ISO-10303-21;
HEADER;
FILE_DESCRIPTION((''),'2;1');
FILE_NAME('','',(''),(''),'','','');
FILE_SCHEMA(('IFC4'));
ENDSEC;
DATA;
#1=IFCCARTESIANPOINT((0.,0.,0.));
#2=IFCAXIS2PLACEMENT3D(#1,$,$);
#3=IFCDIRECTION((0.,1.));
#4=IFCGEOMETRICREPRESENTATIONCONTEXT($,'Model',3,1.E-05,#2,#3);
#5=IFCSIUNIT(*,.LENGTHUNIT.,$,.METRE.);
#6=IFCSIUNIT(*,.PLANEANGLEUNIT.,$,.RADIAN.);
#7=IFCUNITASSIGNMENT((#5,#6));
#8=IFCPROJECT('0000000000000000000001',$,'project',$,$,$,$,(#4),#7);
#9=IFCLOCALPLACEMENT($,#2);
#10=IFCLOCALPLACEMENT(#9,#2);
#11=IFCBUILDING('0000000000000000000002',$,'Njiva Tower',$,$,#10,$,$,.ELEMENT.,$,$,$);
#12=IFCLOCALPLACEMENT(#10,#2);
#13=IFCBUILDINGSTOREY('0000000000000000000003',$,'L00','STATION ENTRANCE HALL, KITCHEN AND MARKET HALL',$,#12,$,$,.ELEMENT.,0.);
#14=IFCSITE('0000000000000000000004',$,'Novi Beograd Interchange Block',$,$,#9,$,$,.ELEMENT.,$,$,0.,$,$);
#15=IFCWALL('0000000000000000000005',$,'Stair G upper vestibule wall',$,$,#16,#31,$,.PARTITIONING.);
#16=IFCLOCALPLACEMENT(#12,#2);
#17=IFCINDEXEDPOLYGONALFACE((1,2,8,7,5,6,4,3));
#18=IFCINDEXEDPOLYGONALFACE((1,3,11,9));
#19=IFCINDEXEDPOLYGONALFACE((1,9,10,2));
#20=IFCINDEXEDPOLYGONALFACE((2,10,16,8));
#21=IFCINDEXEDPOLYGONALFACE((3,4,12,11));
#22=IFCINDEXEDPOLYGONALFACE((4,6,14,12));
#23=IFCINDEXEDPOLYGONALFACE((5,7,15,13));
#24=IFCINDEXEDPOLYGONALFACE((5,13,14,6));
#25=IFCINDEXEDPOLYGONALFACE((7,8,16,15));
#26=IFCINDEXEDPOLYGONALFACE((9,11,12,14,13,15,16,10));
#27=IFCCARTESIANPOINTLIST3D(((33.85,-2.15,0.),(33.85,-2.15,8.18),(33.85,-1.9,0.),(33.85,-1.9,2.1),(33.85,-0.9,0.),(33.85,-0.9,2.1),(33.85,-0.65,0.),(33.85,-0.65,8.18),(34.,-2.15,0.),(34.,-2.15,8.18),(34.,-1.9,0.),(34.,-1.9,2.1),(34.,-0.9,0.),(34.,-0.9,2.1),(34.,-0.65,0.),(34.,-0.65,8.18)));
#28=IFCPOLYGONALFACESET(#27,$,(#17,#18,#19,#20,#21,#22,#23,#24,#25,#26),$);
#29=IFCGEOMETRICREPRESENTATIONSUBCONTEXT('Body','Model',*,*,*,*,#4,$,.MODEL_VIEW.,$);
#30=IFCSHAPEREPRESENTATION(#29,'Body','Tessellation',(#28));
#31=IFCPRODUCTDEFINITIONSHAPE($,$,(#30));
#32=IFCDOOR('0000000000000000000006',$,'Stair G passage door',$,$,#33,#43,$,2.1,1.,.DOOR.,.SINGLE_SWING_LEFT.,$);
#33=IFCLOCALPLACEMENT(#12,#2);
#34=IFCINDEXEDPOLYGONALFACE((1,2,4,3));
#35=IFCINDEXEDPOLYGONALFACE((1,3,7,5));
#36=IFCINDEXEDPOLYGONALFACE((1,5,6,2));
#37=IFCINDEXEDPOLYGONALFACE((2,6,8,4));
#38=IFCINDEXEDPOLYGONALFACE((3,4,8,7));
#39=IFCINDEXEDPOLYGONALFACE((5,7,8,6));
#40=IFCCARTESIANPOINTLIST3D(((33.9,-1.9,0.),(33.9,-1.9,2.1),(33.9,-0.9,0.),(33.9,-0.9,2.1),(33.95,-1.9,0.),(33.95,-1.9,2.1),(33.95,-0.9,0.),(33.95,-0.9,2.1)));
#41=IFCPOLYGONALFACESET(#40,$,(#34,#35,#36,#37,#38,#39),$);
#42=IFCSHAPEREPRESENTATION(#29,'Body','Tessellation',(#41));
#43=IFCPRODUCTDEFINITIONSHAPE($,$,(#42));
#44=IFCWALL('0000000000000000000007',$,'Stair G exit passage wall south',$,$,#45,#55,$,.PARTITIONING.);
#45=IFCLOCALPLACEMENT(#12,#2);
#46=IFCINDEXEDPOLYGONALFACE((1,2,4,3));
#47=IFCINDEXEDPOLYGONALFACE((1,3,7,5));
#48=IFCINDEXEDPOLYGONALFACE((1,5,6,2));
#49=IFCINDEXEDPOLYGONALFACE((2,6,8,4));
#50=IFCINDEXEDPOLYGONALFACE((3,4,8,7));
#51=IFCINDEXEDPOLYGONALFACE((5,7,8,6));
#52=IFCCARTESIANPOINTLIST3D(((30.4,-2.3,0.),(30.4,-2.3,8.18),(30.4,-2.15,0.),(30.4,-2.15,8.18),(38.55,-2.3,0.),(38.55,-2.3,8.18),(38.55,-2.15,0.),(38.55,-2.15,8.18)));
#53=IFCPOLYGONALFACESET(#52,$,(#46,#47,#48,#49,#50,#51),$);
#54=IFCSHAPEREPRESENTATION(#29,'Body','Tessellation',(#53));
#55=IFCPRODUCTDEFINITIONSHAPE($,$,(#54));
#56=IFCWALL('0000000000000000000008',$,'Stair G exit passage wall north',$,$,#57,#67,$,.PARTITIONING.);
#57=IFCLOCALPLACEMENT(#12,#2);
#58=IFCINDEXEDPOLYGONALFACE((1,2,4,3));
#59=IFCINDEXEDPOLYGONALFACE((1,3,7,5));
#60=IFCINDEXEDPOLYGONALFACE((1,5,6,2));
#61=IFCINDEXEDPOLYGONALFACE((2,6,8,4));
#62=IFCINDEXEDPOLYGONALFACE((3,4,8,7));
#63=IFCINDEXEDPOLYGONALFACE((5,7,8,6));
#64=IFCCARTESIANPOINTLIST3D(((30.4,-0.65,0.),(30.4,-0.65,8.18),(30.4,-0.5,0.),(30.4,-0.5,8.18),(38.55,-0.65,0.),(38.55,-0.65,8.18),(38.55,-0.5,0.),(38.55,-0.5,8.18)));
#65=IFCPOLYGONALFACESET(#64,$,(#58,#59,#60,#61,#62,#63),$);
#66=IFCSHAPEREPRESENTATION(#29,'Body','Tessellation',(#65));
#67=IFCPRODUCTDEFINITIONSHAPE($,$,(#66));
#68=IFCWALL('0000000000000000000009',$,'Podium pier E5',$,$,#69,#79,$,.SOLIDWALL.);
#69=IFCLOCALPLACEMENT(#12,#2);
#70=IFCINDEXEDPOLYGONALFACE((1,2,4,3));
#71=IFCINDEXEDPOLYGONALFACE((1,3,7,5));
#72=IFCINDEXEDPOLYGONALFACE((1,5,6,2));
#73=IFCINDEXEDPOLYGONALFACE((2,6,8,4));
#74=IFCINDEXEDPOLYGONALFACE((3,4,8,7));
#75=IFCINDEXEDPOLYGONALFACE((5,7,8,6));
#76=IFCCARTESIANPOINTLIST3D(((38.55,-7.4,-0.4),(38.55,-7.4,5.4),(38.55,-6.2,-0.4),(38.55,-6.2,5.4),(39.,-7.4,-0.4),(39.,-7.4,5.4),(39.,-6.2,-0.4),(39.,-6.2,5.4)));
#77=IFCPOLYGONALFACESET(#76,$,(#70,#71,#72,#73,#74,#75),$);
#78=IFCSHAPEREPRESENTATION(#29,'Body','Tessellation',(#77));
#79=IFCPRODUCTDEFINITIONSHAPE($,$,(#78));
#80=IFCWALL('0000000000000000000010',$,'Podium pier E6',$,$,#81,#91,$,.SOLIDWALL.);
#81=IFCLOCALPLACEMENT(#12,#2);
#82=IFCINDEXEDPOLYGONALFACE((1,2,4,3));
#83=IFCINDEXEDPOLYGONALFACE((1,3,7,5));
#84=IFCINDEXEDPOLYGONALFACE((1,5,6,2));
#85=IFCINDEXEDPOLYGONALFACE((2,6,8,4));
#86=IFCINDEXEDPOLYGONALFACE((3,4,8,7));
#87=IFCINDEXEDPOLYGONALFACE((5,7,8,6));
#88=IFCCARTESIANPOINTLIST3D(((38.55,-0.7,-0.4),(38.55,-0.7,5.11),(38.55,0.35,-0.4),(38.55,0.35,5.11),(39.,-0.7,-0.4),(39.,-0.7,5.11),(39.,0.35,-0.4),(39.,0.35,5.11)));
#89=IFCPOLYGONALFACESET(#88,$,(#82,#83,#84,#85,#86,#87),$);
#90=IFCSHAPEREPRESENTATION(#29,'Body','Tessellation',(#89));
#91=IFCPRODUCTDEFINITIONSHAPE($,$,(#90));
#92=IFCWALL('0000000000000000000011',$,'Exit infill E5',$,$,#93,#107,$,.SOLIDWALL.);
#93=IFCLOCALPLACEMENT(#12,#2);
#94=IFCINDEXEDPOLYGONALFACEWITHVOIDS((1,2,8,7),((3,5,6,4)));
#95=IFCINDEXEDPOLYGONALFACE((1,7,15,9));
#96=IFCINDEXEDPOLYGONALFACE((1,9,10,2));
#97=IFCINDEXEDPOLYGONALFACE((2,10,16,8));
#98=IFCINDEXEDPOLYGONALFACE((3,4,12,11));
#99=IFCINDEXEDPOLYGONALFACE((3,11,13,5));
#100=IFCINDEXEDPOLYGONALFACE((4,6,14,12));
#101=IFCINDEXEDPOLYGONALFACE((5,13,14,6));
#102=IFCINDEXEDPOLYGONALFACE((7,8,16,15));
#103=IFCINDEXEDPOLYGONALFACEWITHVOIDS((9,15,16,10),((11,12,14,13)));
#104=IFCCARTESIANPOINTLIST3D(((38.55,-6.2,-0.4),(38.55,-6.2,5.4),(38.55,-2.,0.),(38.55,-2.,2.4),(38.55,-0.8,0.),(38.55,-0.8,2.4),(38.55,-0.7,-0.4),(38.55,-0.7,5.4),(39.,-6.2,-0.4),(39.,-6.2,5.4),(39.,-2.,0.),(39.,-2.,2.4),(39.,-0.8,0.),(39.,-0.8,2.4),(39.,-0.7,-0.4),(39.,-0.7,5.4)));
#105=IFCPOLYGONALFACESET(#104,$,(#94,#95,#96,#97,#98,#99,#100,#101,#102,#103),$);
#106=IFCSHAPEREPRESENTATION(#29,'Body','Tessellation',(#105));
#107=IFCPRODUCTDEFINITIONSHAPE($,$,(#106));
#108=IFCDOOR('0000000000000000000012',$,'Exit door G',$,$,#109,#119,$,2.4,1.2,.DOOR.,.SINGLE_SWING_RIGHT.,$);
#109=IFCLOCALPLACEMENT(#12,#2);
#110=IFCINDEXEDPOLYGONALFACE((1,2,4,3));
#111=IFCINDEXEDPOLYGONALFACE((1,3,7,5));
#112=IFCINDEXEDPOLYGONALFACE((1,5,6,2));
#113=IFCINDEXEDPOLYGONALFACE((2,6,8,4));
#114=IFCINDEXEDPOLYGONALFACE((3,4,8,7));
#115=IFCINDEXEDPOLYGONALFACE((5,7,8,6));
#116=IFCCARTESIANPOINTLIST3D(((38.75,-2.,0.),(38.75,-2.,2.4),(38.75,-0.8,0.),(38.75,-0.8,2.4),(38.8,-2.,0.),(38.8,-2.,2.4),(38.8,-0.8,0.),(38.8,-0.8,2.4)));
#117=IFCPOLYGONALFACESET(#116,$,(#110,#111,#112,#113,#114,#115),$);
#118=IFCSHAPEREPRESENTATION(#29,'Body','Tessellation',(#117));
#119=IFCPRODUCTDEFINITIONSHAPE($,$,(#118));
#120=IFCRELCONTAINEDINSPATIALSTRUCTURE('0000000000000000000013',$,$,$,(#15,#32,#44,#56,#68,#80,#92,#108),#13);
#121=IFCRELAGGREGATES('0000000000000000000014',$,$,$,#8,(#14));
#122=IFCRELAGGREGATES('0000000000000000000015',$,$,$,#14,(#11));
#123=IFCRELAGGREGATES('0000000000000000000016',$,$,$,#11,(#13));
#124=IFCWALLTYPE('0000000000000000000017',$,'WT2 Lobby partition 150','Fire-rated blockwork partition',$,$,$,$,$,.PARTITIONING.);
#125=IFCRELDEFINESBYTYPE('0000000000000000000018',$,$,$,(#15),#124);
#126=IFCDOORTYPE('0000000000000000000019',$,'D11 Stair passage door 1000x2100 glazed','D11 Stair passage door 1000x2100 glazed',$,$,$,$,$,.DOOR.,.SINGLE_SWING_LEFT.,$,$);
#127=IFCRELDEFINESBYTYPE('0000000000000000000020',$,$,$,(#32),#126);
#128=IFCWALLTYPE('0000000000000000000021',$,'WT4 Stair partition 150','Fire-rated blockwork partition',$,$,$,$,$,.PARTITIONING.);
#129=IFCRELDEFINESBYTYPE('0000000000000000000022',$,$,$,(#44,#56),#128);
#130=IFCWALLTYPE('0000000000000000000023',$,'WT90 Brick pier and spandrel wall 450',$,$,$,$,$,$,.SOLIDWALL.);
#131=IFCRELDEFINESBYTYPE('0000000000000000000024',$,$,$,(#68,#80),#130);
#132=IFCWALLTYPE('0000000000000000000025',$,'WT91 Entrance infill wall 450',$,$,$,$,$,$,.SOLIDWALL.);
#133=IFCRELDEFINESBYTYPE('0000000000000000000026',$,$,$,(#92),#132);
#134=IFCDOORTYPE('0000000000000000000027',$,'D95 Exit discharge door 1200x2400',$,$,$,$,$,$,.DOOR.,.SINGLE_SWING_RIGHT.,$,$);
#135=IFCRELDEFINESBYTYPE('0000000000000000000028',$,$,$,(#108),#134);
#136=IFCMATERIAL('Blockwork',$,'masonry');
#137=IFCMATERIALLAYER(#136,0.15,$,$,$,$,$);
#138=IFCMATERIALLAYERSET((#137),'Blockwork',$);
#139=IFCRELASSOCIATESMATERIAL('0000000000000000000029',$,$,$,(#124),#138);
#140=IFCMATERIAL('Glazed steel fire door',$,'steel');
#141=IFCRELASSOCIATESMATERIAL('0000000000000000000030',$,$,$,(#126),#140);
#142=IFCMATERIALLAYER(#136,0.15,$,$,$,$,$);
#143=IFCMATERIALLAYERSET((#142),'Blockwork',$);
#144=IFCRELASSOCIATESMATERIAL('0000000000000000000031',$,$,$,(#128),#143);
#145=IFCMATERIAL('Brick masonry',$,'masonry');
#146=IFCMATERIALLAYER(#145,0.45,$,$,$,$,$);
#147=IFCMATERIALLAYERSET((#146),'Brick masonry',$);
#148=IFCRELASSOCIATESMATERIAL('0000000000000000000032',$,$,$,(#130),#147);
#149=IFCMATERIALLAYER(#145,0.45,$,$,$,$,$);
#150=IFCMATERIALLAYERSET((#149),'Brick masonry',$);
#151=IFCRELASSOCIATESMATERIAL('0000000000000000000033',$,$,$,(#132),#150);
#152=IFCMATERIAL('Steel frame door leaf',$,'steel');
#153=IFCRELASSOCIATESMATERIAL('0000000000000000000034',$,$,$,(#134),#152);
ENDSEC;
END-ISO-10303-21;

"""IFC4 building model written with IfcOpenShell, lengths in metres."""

from ifc_helpers import new_model, si_unit, direction, frame, frame_2d, origin, place, context, subcontext, project, spatial, polyline, rectangle, outline, extrude, material, layer, layer_set, type_object, element, fill, save


model = new_model("IFC4")

# Units and contexts
model_context = context("Model", 3, precision=1e-05, world=origin(), true_north=direction((0.0, 1.0)))
body_context = subcontext(model_context, "Body", "Model", "MODEL_VIEW")
ifc_project = project(units=[si_unit("LENGTHUNIT", "METRE"), si_unit("PLANEANGLEUNIT", "RADIAN")], contexts=[model_context])

# Site, building, storey
site_placement = place(None, origin())
site = spatial("IfcSite", under=ifc_project, at=site_placement, Name="Novi Beograd Interchange Block", CompositionType="ELEMENT", RefElevation=0.0)
building_placement = place(site_placement, origin())
building = spatial("IfcBuilding", under=site, at=building_placement, Name="Njiva Tower", CompositionType="ELEMENT")
storey_placement = place(building_placement, origin())
storey = spatial("IfcBuildingStorey", under=building, at=storey_placement, Name="L00", Description="STATION ENTRANCE HALL, KITCHEN AND MARKET HALL", CompositionType="ELEMENT", Elevation=0.0)

# Wall, opening, door
ifc_material_1 = material(Name="Blockwork", Category="masonry")
ifc_layer_1 = layer(ifc_material_1, 0.15)
ifc_layer_set_1 = layer_set([ifc_layer_1], Name="Blockwork")
wall_type_1 = type_object("IfcWallType", Name="WT2 Lobby partition 150", Description="Fire-rated blockwork partition", PredefinedType="PARTITIONING", material=ifc_layer_set_1)
wall_1_placement = place(storey_placement, frame((33.925, -2.15, 0.0), z_axis=(0.0, 0.0, 1.0), x_axis=(0.0, 1.0, 0.0)))
wall_1 = element("IfcWall", 1, at=wall_1_placement, inside=storey, type_object=wall_type_1, Name="Stair G upper vestibule wall", PredefinedType="PARTITIONING", context=body_context, shape_type="SweptSolid", body=[
    extrude(rectangle(XDim=1.5, YDim=0.15, at=frame_2d((0.75, 0.0))), origin(), (0.0, 0.0, 1.0), 8.18),
])
opening_1_placement = place(wall_1_placement, frame((0.25, 0.0, 0.0)))
opening_1 = element("IfcOpeningElement", 2, at=opening_1_placement, cuts=wall_1, PredefinedType="OPENING", context=body_context, shape_type="SweptSolid", body=[
    extrude(rectangle(XDim=1.0, YDim=2.1, at=frame_2d((0.5, 1.05))), frame((0.0, 0.085, 0.0), z_axis=(0.0, -1.0, 0.0), x_axis=(1.0, 0.0, 0.0)), (0.0, 0.0, 1.0), 0.17),
])
ifc_material_2 = material(Name="Glazed steel fire door", Category="steel")
door_type_1 = type_object("IfcDoorType", Name="D11 Stair passage door 1000x2100 glazed", Description="D11 Stair passage door 1000x2100 glazed", OperationType="SINGLE_SWING_LEFT", PredefinedType="DOOR", material=ifc_material_2)
door_1_placement = place(opening_1_placement, origin())
door_1 = element("IfcDoor", 3, at=door_1_placement, inside=storey, type_object=door_type_1, Name="Stair G passage door", OperationType="SINGLE_SWING_LEFT", OverallHeight=2.1, OverallWidth=1.0, PredefinedType="DOOR", context=body_context, shape_type="SweptSolid", body=[
    extrude(rectangle(XDim=1.0, YDim=2.1, at=frame_2d((0.5, 1.05))), frame((0.0, 0.025, 0.0), z_axis=(0.0, -1.0, 0.0), x_axis=(1.0, 0.0, 0.0)), (0.0, 0.0, 1.0), 0.05),
])
fill(opening_1, door_1)

# Walls
ifc_layer_2 = layer(ifc_material_1, 0.15)
ifc_layer_set_2 = layer_set([ifc_layer_2], Name="Blockwork")
wall_type_2 = type_object("IfcWallType", Name="WT4 Stair partition 150", Description="Fire-rated blockwork partition", PredefinedType="PARTITIONING", material=ifc_layer_set_2)
for number, where, z_axis, x_axis, name in (
    (4, (38.55, -2.225, 0.0), (0.0, 0.0, 1.0), (-1.0, 0.0, 0.0), "Stair G exit passage wall south"),
    (5, (38.55, -0.575, 0.0), (0.0, 0.0, 1.0), (-1.0, 0.0, 0.0), "Stair G exit passage wall north"),
):
    element("IfcWall", number, at=place(storey_placement, frame(where, z_axis=z_axis, x_axis=x_axis)), inside=storey, type_object=wall_type_2, Name=name, PredefinedType="PARTITIONING", context=body_context, shape_type="SweptSolid", body=[
        extrude(rectangle(XDim=8.15, YDim=0.15, at=frame_2d((4.075, 0.0))), origin(), (0.0, 0.0, 1.0), 8.18),
    ])
ifc_material_3 = material(Name="Brick masonry", Category="masonry")
ifc_layer_3 = layer(ifc_material_3, 0.45)
ifc_layer_set_3 = layer_set([ifc_layer_3], Name="Brick masonry")
wall_type_3 = type_object("IfcWallType", Name="WT90 Brick pier and spandrel wall 450", PredefinedType="SOLIDWALL", material=ifc_layer_set_3)
wall_2_placement = place(storey_placement, frame((38.775, -7.4, -0.4), z_axis=(0.0, 0.0, 1.0), x_axis=(0.0, 1.0, 0.0)))
element("IfcWall", 6, at=wall_2_placement, inside=storey, type_object=wall_type_3, Name="Podium pier E5", PredefinedType="SOLIDWALL", context=body_context, shape_type="SweptSolid", body=[
    extrude(outline(polyline([(0.0, -0.225), (1.2, -0.225), (1.2, 0.225), (0.0, 0.225), (0.0, -0.225)])), origin(), (0.0, 0.0, 1.0), 5.8),
])
wall_3_placement = place(storey_placement, frame((38.775, -0.7, -0.4), z_axis=(0.0, 0.0, 1.0), x_axis=(0.0, 1.0, 0.0)))
element("IfcWall", 7, at=wall_3_placement, inside=storey, type_object=wall_type_3, Name="Podium pier E6", PredefinedType="SOLIDWALL", context=body_context, shape_type="SweptSolid", body=[
    extrude(outline(polyline([(0.0, -0.225), (1.05, -0.225), (1.05, 0.225), (0.0, 0.225), (0.0, -0.225)])), origin(), (0.0, 0.0, 1.0), 5.51),
])

# Wall, opening, door
ifc_layer_4 = layer(ifc_material_3, 0.45)
ifc_layer_set_4 = layer_set([ifc_layer_4], Name="Brick masonry")
wall_type_4 = type_object("IfcWallType", Name="WT91 Entrance infill wall 450", PredefinedType="SOLIDWALL", material=ifc_layer_set_4)
wall_4_placement = place(storey_placement, frame((38.775, -6.2, -0.4), z_axis=(0.0, 0.0, 1.0), x_axis=(0.0, 1.0, 0.0)))
wall_4 = element("IfcWall", 8, at=wall_4_placement, inside=storey, type_object=wall_type_4, Name="Exit infill E5", PredefinedType="SOLIDWALL", context=body_context, shape_type="SweptSolid", body=[
    extrude(outline(polyline([(0.0, -0.225), (5.5, -0.225), (5.5, 0.225), (0.0, 0.225), (0.0, -0.225)])), origin(), (0.0, 0.0, 1.0), 5.8),
])
opening_2_placement = place(wall_4_placement, frame((4.2, 0.0, 0.4)))
opening_2 = element("IfcOpeningElement", 9, at=opening_2_placement, cuts=wall_4, PredefinedType="OPENING", context=body_context, shape_type="SweptSolid", body=[
    extrude(rectangle(XDim=1.2, YDim=2.4, at=frame_2d((0.6, 1.2))), frame((0.0, 0.235, 0.0), z_axis=(0.0, -1.0, 0.0), x_axis=(1.0, 0.0, 0.0)), (0.0, 0.0, 1.0), 0.47),
])
ifc_material_4 = material(Name="Steel frame door leaf", Category="steel")
door_type_2 = type_object("IfcDoorType", Name="D95 Exit discharge door 1200x2400", OperationType="SINGLE_SWING_RIGHT", PredefinedType="DOOR", material=ifc_material_4)
door_2_placement = place(opening_2_placement, frame((1.2, 0.0, 0.0), z_axis=(0.0, 0.0, 1.0), x_axis=(-1.0, 0.0, 0.0)))
door_2 = element("IfcDoor", 10, at=door_2_placement, inside=storey, type_object=door_type_2, Name="Exit door G", OperationType="SINGLE_SWING_RIGHT", OverallHeight=2.4, OverallWidth=1.2, PredefinedType="DOOR", context=body_context, shape_type="SweptSolid", body=[
    extrude(rectangle(XDim=1.2, YDim=2.4, at=frame_2d((0.6, 1.2))), frame((0.0, 0.025, 0.0), z_axis=(0.0, -1.0, 0.0), x_axis=(1.0, 0.0, 0.0)), (0.0, 0.0, 1.0), 0.05),
])
fill(opening_2, door_2)

save(model, "model.ifc")
